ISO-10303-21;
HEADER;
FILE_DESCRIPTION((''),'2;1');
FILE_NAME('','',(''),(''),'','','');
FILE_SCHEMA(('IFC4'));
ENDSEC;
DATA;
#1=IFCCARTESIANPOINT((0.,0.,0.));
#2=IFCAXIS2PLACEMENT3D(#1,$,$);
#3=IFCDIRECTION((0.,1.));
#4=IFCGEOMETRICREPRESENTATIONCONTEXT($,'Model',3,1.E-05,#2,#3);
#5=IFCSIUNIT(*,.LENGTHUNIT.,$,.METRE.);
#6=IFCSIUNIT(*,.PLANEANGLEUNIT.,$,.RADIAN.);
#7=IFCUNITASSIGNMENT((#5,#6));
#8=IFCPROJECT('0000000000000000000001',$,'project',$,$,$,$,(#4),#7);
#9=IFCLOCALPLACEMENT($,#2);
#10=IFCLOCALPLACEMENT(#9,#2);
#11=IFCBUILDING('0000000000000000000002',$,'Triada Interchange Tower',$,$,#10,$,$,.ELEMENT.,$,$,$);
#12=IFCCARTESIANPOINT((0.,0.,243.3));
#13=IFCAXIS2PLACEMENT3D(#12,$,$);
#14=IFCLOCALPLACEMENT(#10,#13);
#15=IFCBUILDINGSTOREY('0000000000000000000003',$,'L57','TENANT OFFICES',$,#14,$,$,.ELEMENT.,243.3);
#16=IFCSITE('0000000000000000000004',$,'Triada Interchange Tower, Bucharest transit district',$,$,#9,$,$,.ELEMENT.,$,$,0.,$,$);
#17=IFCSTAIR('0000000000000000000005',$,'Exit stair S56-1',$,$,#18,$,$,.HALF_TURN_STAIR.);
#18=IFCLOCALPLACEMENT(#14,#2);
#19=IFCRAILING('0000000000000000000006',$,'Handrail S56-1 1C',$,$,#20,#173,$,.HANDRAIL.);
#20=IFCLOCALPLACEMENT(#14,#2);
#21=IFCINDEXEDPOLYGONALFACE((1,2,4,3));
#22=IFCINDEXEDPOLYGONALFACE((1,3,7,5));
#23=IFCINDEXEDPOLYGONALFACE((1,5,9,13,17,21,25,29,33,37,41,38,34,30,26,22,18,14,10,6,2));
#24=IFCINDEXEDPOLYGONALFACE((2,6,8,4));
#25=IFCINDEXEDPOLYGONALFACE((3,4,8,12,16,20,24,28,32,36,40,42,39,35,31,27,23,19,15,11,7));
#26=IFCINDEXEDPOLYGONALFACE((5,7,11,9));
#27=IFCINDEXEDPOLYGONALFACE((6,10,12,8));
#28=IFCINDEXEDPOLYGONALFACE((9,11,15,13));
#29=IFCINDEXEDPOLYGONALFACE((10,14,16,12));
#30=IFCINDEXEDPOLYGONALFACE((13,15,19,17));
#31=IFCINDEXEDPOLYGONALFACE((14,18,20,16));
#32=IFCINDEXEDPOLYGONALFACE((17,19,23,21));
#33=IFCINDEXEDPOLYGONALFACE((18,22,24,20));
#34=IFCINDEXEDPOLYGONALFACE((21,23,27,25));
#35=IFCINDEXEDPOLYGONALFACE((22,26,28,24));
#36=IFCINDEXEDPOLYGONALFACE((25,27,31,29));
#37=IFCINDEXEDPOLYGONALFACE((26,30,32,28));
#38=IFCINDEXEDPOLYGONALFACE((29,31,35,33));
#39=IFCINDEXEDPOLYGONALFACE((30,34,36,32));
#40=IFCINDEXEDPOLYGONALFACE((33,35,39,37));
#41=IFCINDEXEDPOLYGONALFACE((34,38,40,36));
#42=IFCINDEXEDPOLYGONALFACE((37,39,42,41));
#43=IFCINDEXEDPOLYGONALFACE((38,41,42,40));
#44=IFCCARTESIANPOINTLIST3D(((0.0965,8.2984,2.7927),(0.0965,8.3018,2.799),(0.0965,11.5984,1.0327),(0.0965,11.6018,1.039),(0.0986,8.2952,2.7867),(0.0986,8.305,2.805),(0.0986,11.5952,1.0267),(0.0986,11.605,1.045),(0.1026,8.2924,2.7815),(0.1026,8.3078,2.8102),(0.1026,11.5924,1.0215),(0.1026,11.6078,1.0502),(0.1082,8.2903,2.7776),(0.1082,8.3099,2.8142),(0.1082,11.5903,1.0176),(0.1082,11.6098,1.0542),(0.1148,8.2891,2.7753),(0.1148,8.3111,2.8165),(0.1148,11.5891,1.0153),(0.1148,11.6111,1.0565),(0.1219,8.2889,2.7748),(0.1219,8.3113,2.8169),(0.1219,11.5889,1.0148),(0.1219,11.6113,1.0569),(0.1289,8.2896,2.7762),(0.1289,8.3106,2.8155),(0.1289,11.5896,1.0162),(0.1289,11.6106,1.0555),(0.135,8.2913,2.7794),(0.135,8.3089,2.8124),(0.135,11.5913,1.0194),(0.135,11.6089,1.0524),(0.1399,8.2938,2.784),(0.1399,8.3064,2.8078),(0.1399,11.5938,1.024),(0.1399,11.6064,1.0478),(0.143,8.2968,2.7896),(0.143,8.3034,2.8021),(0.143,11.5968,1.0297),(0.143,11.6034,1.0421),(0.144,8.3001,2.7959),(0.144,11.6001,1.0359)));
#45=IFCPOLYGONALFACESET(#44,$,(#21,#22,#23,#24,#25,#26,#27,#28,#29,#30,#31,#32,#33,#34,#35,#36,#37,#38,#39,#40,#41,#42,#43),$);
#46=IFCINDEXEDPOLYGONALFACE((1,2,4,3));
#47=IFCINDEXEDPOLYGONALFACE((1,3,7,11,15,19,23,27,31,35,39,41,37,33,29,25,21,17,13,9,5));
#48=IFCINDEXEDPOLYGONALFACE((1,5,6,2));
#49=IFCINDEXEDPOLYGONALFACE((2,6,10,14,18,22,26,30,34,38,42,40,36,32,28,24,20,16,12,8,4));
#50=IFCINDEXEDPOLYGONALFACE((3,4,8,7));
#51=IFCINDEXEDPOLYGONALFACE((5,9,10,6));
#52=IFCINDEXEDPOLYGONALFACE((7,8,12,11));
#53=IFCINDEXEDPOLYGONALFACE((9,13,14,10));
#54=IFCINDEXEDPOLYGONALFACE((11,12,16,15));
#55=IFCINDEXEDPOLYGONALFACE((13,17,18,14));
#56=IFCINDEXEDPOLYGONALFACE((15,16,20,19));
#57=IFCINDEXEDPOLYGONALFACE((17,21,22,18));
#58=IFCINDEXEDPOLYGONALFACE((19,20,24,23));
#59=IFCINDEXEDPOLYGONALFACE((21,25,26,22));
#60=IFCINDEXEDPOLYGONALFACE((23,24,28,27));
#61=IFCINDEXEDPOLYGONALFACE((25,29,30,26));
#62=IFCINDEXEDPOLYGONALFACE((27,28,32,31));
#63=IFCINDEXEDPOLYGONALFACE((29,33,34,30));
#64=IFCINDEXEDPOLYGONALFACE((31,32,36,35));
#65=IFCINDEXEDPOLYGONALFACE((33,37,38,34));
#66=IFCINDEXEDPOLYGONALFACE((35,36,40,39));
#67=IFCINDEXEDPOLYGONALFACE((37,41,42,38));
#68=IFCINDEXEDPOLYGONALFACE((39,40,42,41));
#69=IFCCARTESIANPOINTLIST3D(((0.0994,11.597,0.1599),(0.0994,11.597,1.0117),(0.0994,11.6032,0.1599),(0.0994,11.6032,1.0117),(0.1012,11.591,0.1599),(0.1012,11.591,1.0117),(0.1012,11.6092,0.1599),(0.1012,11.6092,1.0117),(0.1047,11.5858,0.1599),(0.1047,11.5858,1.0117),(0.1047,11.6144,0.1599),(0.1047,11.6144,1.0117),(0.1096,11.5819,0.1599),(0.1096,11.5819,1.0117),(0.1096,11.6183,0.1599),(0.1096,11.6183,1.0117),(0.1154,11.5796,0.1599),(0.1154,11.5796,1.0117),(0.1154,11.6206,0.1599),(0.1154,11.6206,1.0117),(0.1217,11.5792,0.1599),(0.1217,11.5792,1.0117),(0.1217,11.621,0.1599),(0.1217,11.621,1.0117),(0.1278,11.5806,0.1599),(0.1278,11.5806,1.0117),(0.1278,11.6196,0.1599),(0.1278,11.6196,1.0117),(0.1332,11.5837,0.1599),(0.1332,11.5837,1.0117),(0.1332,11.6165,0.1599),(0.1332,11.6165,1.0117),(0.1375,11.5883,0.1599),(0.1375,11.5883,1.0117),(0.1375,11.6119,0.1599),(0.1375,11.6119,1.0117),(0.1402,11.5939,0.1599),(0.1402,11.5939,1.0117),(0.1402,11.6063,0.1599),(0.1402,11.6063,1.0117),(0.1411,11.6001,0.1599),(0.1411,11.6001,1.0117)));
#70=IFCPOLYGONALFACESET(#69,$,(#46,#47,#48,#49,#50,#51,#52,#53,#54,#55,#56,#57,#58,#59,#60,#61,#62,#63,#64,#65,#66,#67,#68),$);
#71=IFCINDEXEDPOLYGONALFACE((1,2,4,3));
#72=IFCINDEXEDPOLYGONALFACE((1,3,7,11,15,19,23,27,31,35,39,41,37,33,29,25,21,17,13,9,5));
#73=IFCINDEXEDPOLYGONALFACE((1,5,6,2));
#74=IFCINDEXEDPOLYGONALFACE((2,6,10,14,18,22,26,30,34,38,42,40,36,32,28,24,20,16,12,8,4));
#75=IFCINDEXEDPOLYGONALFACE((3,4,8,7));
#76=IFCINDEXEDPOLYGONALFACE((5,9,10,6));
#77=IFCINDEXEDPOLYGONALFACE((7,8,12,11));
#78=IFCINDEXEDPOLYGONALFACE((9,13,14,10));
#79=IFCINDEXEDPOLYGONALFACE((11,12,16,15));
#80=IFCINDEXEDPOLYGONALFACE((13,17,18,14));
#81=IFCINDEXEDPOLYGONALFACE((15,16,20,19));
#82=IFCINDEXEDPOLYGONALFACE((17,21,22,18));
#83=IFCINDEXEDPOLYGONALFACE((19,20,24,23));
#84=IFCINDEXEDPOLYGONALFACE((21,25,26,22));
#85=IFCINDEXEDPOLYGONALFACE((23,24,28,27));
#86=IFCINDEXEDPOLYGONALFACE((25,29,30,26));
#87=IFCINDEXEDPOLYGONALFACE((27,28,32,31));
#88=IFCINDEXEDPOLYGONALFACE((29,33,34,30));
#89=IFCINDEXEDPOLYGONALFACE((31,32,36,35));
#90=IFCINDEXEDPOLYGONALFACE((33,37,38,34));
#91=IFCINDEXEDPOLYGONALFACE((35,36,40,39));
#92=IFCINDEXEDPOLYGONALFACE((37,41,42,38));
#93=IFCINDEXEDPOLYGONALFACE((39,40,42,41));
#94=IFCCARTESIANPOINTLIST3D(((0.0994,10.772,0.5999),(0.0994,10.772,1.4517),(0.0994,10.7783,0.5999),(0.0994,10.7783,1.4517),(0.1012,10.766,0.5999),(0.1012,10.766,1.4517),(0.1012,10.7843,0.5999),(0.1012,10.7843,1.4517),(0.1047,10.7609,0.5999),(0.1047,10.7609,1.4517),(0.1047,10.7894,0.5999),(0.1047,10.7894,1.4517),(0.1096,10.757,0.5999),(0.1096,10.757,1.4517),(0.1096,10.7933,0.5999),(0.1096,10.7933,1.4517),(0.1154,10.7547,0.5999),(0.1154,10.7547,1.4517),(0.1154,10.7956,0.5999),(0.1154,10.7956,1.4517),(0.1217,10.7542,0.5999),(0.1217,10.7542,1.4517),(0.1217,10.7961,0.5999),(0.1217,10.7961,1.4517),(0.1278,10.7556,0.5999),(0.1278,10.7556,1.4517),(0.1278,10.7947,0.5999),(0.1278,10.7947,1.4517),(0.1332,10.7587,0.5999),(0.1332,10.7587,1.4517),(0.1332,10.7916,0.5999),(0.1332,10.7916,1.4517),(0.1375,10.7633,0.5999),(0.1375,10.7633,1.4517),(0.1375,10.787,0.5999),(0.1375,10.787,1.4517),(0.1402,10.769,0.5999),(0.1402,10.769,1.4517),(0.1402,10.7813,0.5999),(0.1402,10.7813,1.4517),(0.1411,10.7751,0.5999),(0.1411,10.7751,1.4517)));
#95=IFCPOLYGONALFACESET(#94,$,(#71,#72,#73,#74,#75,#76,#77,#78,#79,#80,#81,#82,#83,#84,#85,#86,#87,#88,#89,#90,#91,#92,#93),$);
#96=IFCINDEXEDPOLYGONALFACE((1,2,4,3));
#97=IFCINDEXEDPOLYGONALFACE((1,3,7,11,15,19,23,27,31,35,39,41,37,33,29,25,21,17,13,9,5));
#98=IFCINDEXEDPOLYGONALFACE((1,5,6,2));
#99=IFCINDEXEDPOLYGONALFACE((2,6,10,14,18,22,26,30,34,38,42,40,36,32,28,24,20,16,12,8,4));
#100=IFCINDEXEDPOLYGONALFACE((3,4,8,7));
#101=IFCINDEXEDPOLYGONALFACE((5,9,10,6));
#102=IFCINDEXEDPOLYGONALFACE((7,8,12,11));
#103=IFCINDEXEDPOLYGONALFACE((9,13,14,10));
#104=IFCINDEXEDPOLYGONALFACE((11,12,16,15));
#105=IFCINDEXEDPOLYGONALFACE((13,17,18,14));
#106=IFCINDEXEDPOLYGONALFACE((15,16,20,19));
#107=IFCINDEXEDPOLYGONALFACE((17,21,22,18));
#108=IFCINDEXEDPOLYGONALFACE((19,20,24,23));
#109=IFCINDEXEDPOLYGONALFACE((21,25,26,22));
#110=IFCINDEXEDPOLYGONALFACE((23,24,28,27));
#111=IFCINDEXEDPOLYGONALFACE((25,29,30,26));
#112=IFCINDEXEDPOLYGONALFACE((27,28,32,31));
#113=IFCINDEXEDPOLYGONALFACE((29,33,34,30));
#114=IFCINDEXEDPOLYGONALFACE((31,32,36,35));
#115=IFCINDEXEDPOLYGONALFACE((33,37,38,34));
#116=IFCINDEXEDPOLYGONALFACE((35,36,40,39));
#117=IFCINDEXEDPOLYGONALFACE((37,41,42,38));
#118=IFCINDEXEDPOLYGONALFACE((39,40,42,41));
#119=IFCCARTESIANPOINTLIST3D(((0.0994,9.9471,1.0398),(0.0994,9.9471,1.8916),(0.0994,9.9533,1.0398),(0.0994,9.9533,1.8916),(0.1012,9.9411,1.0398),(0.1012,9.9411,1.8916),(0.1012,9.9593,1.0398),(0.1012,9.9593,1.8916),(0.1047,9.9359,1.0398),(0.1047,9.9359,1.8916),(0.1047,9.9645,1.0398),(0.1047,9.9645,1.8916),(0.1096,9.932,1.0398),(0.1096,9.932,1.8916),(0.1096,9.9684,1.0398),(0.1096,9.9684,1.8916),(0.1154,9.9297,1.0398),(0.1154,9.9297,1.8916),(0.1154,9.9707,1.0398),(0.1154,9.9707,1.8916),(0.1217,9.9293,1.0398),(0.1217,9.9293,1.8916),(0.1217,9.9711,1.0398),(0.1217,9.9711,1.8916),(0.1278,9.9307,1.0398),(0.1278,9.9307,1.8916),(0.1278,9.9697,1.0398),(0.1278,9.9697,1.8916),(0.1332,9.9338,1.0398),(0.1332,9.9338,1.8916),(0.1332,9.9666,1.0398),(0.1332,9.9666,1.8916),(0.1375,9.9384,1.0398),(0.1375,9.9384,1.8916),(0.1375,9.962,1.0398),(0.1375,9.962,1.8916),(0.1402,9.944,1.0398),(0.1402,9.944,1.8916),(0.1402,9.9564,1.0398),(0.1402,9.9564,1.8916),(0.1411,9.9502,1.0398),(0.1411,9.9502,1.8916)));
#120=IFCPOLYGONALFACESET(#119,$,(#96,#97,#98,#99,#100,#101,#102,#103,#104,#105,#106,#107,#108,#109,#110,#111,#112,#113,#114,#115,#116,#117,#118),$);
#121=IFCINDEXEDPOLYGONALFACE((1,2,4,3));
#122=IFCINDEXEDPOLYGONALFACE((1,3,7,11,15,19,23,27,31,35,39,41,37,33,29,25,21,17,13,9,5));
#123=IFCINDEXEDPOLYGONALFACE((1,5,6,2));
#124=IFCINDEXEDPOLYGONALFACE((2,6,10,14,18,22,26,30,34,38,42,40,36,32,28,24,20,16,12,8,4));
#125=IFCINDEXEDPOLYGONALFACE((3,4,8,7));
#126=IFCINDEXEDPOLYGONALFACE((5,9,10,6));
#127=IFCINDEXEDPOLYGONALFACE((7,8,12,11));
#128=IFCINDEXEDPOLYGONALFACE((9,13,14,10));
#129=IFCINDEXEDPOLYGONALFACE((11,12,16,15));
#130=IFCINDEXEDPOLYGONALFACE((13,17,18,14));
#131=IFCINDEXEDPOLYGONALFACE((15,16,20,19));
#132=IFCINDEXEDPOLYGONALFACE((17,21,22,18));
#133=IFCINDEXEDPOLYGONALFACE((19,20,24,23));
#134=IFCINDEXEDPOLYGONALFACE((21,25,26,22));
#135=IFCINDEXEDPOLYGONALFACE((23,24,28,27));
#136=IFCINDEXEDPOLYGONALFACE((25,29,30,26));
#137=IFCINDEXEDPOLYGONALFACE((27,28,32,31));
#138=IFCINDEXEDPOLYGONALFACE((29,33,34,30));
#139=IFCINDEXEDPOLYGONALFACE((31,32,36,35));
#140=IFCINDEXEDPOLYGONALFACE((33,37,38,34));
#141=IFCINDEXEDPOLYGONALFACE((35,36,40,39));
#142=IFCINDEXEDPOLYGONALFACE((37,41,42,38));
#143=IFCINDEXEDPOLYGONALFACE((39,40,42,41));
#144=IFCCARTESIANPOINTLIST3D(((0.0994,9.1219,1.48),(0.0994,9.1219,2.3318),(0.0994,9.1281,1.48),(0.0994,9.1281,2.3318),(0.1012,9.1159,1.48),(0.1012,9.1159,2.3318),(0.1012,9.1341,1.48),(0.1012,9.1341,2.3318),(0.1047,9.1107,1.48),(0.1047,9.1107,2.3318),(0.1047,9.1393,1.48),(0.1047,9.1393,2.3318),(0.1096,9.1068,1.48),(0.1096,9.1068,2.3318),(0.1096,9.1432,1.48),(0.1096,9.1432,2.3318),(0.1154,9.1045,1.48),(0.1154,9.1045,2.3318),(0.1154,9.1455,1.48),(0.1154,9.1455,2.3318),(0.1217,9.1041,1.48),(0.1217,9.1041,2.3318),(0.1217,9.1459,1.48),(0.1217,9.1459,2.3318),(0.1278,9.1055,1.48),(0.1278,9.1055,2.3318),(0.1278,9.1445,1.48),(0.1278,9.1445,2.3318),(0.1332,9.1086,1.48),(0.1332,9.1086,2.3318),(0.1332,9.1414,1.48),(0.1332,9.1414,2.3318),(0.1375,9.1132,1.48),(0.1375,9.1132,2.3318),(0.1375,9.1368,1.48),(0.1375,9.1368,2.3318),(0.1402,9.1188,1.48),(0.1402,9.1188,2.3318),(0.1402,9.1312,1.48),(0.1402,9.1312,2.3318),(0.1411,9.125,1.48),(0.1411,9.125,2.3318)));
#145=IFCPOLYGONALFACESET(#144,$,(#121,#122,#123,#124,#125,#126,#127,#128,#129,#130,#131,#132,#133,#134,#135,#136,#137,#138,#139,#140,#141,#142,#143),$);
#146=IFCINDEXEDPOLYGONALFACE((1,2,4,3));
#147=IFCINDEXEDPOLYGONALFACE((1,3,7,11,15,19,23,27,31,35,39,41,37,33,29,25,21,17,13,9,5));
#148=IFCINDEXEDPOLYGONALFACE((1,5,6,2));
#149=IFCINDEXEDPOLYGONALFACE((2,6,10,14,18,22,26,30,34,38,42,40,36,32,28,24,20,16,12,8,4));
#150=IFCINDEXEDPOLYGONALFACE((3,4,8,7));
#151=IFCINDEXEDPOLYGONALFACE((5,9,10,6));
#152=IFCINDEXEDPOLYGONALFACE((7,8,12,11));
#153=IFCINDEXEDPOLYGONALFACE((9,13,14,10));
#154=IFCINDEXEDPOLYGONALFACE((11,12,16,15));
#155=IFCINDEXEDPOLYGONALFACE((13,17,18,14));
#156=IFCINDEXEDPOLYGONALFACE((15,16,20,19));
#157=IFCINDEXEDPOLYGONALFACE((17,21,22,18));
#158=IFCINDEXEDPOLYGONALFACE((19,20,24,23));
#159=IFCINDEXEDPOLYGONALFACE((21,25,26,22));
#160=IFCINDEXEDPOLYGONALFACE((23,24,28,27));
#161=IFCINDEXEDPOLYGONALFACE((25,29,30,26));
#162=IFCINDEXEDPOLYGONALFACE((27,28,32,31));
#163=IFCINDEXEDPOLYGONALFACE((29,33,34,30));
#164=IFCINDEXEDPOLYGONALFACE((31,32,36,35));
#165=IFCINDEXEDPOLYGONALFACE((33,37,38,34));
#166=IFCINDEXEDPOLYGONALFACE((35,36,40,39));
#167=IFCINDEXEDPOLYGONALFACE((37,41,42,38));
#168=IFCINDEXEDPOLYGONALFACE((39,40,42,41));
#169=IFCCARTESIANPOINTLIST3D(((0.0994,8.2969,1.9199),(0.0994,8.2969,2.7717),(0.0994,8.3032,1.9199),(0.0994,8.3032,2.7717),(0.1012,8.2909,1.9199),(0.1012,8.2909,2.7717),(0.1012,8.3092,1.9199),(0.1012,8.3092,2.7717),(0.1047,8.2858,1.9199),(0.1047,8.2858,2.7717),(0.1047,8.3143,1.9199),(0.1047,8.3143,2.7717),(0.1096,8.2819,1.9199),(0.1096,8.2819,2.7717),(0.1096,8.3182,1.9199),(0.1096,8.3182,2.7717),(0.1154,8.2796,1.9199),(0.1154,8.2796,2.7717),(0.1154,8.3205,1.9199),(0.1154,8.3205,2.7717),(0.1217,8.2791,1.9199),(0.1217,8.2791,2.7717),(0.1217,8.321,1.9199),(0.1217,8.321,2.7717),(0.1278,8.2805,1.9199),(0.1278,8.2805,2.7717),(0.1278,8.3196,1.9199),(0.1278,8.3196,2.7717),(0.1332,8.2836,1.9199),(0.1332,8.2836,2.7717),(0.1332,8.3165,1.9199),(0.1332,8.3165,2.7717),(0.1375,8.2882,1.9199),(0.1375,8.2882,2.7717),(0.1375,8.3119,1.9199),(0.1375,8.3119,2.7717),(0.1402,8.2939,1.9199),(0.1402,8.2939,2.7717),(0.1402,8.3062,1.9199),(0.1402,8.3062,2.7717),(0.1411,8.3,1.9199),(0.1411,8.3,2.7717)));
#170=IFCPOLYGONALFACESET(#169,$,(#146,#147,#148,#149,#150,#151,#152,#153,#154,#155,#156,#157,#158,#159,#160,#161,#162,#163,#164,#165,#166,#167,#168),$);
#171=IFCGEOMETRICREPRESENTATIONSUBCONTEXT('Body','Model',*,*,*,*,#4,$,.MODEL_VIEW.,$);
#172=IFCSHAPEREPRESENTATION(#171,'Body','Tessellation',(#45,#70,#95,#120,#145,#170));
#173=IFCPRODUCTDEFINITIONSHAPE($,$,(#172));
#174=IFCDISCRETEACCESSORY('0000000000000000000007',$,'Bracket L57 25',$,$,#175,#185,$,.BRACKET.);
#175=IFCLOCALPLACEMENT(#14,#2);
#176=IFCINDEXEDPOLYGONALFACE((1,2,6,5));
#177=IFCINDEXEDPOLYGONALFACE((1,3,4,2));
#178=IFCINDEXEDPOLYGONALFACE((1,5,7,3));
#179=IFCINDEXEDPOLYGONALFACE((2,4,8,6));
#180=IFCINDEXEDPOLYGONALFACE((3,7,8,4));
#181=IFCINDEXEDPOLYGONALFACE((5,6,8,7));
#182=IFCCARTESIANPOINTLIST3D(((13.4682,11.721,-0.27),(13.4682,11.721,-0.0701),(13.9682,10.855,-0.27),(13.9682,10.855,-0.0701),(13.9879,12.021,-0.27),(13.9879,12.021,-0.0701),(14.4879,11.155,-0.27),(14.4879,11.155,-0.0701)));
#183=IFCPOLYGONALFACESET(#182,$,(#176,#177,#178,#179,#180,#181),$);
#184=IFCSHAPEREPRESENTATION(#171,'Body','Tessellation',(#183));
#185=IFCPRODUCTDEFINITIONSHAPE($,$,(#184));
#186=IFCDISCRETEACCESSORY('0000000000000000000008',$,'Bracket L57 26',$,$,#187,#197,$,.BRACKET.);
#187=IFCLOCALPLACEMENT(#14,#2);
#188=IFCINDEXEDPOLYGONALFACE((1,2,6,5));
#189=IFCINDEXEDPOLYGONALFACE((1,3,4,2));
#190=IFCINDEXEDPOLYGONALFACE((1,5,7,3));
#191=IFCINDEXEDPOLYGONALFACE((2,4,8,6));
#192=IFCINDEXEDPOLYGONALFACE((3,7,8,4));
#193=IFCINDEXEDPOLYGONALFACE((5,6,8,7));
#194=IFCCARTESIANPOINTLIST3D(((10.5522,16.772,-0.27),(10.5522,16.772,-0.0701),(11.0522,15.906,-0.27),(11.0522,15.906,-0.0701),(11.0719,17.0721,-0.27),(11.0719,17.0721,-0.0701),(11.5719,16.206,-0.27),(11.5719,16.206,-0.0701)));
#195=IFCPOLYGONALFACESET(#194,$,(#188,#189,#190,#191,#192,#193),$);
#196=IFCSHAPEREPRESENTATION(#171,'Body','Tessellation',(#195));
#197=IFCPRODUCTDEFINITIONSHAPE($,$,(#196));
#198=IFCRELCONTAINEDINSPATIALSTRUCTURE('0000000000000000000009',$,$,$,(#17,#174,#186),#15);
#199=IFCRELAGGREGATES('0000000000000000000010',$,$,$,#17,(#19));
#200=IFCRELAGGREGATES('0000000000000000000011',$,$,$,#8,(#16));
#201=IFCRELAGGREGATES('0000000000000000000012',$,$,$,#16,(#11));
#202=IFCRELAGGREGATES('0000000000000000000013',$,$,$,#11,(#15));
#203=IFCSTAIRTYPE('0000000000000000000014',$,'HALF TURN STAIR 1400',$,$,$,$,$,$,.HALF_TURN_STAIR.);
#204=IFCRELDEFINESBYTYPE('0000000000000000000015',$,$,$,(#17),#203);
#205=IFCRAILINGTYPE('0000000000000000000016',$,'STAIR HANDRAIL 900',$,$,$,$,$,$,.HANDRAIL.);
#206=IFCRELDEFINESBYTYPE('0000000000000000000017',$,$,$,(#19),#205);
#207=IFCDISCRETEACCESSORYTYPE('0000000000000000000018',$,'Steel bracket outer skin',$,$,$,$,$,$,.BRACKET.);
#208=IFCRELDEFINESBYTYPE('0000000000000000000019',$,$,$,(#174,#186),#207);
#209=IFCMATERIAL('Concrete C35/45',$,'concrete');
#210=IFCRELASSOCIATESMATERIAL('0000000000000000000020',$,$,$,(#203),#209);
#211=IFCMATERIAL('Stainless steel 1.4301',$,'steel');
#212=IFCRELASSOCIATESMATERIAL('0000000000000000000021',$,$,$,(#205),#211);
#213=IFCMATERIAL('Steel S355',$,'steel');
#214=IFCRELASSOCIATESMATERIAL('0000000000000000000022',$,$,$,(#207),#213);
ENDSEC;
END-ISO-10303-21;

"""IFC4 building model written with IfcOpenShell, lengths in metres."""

from ifc_helpers import new_model, si_unit, direction, frame, origin, origin_2d, place, context, subcontext, project, spatial, rectangle, circle, extrude, material, type_object, element, aggregate, save


model = new_model("IFC4")

# Units and contexts
model_context = context("Model", 3, precision=1e-05, world=origin(), true_north=direction((0.0, 1.0)))
body_context = subcontext(model_context, "Body", "Model", "MODEL_VIEW")
ifc_project = project(units=[si_unit("LENGTHUNIT", "METRE"), si_unit("PLANEANGLEUNIT", "RADIAN")], contexts=[model_context])

# Site, building, storey
site_placement = place(None, origin())
site = spatial("IfcSite", under=ifc_project, at=site_placement, Name="Triada Interchange Tower, Bucharest transit district", CompositionType="ELEMENT", RefElevation=0.0)
building_placement = place(site_placement, origin())
building = spatial("IfcBuilding", under=site, at=building_placement, Name="Triada Interchange Tower", CompositionType="ELEMENT")
storey_placement = place(building_placement, frame((0.0, 0.0, 243.3)))
storey = spatial("IfcBuildingStorey", under=building, at=storey_placement, Name="L57", Description="TENANT OFFICES", CompositionType="ELEMENT", Elevation=243.3)

# Stair
ifc_material_1 = material(Name="Concrete C35/45", Category="concrete")
stair_type = type_object("IfcStairType", Name="HALF TURN STAIR 1400", PredefinedType="HALF_TURN_STAIR", material=ifc_material_1)
stair_placement = place(storey_placement, origin())
stair = element("IfcStair", 1, at=stair_placement, inside=storey, type_object=stair_type, Name="Exit stair S56-1", PredefinedType="HALF_TURN_STAIR")

# Railing
ifc_material_2 = material(Name="Stainless steel 1.4301", Category="steel")
railing_type = type_object("IfcRailingType", Name="STAIR HANDRAIL 900", PredefinedType="HANDRAIL", material=ifc_material_2)
railing_1_placement = place(storey_placement, frame((0.1201, 11.6001, 0.1599)))
railing_1 = element("IfcRailing", 2, at=railing_1_placement, type_object=railing_type, Name="Handrail S56-1 1C", PredefinedType="HANDRAIL", context=body_context, shape_type="SweptSolid", body=[
    extrude(circle(Radius=0.0239, at=origin_2d()), frame((0.0, 0.0, 0.876), z_axis=(0.0, -0.882355, 0.470585), x_axis=(1.0, 0.0, 0.0)), (0.0, 0.0, 1.0), 3.74),
    extrude(circle(Radius=0.021, at=origin_2d()), origin(), (0.0, 0.0, 1.0), 0.8518),
    extrude(circle(Radius=0.021, at=origin_2d()), frame((0.0, -0.825, 0.4399)), (0.0, 0.0, 1.0), 0.8518),
    extrude(circle(Radius=0.021, at=origin_2d()), frame((0.0, -1.6499, 0.8799)), (0.0, 0.0, 1.0), 0.8518),
    extrude(circle(Radius=0.021, at=origin_2d()), frame((0.0, -2.4751, 1.3201)), (0.0, 0.0, 1.0), 0.8518),
    extrude(circle(Radius=0.021, at=origin_2d()), frame((0.0, -3.3, 1.76)), (0.0, 0.0, 1.0), 0.8518),
])
aggregate(stair, [railing_1])

# Discrete accessories
ifc_material_3 = material(Name="Steel S355", Category="steel")
discrete_accessory_type = type_object("IfcDiscreteAccessoryType", Name="Steel bracket outer skin", PredefinedType="BRACKET", material=ifc_material_3)
for number, where, z_axis, x_axis, name in (
    (3, (13.978, 11.438, -0.27), (0.0, 0.0, 1.0), (0.86603, 0.499991, 0.0), "Bracket L57 25"),
    (4, (11.062, 16.489, -0.27), (0.0, 0.0, 1.0), (0.86603, 0.499991, 0.0), "Bracket L57 26"),
):
    element("IfcDiscreteAccessory", number, at=place(storey_placement, frame(where, z_axis=z_axis, x_axis=x_axis)), inside=storey, type_object=discrete_accessory_type, Name=name, PredefinedType="BRACKET", context=body_context, shape_type="SweptSolid", body=[
        extrude(rectangle(XDim=0.6001, YDim=1.0, at=origin_2d()), origin(), (0.0, 0.0, 1.0), 0.2),
    ])

save(model, "model.ifc")
